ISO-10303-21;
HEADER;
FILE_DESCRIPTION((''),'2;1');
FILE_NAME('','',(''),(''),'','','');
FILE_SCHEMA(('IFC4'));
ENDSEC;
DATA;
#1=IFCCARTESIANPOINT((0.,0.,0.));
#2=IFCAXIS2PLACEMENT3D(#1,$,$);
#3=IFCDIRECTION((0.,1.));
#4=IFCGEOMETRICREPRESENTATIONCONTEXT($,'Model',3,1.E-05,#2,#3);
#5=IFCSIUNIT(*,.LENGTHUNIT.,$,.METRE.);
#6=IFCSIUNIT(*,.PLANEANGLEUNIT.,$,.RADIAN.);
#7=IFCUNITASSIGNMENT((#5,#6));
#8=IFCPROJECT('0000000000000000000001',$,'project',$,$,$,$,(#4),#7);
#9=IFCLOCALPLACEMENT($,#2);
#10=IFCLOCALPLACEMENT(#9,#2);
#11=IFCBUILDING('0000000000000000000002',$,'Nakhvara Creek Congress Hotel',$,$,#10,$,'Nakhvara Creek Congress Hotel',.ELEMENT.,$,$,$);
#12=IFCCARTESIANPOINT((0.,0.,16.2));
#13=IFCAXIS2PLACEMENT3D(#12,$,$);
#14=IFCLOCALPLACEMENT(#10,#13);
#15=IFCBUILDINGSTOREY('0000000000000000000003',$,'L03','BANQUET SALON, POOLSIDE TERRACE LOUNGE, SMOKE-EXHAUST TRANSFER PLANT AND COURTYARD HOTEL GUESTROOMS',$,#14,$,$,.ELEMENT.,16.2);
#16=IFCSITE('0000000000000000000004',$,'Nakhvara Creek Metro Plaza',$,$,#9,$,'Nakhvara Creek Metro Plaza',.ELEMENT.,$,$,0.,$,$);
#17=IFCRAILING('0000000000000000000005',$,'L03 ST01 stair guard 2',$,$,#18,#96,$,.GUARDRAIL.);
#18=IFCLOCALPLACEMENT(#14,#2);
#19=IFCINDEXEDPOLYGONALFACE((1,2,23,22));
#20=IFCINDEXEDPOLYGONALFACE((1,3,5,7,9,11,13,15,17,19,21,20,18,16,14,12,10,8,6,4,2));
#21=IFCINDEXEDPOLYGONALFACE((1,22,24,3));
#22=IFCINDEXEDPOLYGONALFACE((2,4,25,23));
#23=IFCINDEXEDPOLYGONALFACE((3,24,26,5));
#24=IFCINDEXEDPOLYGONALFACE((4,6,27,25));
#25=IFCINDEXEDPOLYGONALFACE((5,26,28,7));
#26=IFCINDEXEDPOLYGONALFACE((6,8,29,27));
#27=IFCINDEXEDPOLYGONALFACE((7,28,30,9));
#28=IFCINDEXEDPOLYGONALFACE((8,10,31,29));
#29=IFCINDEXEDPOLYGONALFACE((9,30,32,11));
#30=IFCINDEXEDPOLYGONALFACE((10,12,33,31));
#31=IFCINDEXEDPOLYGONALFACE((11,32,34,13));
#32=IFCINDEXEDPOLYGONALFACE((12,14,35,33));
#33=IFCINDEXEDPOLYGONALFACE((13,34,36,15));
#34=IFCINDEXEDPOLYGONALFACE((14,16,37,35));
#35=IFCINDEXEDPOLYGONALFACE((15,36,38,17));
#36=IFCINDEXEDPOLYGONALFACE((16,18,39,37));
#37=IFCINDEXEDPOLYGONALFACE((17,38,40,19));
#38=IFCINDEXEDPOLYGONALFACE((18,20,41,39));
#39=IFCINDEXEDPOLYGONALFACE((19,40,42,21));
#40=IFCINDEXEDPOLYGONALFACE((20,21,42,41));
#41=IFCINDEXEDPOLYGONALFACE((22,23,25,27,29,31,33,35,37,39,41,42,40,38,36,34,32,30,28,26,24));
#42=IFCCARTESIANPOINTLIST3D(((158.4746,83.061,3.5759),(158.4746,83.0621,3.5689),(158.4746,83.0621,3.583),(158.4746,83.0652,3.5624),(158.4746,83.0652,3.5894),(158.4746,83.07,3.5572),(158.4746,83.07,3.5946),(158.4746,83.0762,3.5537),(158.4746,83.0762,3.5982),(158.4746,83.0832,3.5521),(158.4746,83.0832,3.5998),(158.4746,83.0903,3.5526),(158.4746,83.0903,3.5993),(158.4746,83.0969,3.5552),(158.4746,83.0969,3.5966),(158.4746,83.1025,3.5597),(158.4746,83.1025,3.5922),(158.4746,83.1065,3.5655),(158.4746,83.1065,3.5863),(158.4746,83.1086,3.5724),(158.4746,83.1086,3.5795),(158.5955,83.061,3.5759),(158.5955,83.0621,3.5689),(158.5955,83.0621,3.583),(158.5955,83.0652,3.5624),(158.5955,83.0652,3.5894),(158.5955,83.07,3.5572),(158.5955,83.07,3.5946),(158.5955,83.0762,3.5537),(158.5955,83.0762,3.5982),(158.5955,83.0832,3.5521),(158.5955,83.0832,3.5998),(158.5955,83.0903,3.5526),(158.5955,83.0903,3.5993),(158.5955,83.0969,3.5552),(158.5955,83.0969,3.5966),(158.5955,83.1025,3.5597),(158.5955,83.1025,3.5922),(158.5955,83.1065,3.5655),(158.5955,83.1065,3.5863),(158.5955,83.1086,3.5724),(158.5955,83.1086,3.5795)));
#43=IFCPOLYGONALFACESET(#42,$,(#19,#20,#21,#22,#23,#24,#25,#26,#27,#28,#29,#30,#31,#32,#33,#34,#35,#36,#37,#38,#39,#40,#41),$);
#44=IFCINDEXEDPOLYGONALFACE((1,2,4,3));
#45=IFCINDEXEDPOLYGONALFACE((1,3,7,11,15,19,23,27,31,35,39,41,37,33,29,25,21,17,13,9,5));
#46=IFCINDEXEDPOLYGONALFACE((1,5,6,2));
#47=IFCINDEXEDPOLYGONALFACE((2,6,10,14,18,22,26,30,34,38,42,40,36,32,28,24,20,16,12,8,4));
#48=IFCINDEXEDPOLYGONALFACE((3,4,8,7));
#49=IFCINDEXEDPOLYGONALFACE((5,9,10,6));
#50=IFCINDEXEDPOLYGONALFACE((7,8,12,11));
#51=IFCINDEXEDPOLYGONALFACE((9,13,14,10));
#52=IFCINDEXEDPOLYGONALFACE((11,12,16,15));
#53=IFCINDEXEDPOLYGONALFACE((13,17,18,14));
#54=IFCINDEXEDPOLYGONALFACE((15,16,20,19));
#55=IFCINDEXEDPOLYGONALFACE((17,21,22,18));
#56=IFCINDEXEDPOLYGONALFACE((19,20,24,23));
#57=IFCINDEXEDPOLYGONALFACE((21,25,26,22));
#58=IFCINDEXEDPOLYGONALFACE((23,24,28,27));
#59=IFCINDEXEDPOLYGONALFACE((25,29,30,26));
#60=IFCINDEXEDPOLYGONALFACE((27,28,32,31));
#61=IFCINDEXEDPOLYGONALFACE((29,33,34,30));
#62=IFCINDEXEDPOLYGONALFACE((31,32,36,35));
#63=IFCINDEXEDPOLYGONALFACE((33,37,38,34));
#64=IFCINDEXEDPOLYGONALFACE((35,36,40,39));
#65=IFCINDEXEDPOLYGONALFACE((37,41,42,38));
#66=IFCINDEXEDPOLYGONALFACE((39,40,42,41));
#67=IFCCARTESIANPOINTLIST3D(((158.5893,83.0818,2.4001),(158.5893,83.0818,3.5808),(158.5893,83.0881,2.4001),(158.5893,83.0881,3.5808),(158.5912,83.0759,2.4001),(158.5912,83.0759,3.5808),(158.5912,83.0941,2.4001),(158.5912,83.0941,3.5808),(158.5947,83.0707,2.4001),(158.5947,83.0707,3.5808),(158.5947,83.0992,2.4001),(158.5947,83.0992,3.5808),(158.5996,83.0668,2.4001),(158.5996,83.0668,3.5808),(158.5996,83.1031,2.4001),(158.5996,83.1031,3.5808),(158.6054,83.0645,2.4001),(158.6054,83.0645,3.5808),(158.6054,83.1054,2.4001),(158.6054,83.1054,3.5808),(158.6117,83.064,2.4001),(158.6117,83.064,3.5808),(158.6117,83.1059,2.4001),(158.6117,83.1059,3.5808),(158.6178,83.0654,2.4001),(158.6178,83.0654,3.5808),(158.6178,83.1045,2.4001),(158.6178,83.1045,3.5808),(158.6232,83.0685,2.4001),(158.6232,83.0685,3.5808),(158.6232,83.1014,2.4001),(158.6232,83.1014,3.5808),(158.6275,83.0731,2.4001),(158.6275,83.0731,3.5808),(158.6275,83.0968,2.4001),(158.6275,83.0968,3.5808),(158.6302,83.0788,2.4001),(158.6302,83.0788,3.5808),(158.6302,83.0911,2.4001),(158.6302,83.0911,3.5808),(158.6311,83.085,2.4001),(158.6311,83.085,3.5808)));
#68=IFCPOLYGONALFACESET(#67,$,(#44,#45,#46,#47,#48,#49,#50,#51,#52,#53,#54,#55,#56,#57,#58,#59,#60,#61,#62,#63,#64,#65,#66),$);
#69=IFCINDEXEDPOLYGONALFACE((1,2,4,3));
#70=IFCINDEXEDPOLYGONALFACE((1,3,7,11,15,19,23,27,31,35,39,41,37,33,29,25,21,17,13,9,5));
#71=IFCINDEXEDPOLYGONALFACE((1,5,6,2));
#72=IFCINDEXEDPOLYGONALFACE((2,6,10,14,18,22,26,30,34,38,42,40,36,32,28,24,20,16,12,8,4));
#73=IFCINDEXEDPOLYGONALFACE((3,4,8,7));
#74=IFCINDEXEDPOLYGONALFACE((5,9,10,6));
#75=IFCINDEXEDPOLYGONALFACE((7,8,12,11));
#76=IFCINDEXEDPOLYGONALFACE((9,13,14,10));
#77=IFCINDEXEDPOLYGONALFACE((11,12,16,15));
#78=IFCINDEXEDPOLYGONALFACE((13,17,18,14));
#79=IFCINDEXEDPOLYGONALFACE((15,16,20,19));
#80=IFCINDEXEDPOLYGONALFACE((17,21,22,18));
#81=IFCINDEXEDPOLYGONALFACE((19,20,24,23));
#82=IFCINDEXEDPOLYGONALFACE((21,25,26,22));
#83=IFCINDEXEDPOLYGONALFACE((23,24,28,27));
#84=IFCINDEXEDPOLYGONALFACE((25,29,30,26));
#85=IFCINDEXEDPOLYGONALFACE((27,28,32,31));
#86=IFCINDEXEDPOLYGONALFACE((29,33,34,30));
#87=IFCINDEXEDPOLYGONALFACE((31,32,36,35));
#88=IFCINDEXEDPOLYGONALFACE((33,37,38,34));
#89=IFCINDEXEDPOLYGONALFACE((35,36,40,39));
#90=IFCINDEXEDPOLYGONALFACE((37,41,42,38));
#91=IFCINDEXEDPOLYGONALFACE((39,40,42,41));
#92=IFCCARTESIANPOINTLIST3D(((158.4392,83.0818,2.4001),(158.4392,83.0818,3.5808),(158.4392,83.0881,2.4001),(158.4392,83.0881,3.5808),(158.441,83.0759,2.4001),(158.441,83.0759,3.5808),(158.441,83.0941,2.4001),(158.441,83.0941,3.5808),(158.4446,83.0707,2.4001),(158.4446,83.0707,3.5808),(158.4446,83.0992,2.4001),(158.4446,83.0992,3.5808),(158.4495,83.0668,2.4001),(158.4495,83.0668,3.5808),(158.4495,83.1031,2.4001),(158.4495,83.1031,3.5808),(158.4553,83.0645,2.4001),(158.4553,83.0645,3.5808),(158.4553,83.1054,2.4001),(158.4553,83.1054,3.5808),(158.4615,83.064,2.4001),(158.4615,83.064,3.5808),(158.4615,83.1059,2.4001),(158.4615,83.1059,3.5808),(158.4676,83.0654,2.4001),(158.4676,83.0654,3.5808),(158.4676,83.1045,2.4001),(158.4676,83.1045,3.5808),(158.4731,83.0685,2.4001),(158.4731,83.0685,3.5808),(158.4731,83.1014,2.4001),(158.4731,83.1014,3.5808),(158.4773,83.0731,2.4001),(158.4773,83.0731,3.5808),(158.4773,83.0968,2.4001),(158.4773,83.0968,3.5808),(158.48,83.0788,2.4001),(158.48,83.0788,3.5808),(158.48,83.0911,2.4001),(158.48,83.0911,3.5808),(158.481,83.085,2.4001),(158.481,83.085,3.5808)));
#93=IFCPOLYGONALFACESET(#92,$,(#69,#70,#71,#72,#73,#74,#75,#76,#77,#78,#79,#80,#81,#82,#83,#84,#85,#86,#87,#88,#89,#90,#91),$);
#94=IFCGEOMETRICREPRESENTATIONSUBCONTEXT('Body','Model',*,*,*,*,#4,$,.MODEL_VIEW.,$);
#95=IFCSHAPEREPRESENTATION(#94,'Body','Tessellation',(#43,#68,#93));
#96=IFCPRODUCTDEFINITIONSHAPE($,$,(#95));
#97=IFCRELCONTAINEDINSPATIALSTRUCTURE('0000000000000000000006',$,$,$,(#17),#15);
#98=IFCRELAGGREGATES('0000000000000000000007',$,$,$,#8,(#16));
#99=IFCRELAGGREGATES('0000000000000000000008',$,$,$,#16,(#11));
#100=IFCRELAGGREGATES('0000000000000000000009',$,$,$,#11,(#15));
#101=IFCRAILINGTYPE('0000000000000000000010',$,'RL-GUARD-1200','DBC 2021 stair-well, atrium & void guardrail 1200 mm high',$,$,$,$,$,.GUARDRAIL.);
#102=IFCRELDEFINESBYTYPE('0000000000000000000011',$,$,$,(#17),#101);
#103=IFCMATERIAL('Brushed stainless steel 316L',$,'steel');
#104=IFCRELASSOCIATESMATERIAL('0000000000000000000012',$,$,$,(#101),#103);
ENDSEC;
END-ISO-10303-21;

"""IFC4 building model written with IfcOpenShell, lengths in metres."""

from ifc_helpers import new_model, si_unit, direction, frame, origin, origin_2d, place, context, subcontext, project, spatial, circle, extrude, material, type_object, element, save


model = new_model("IFC4")

# Units and contexts
model_context = context("Model", 3, precision=1e-05, world=origin(), true_north=direction((0.0, 1.0)))
body_context = subcontext(model_context, "Body", "Model", "MODEL_VIEW")
ifc_project = project(units=[si_unit("LENGTHUNIT", "METRE"), si_unit("PLANEANGLEUNIT", "RADIAN")], contexts=[model_context])

# Site, building, storey
site_placement = place(None, origin())
site = spatial("IfcSite", under=ifc_project, at=site_placement, Name="Nakhvara Creek Metro Plaza", LongName="Nakhvara Creek Metro Plaza", CompositionType="ELEMENT", RefElevation=0.0)
building_placement = place(site_placement, origin())
building = spatial("IfcBuilding", under=site, at=building_placement, Name="Nakhvara Creek Congress Hotel", LongName="Nakhvara Creek Congress Hotel", CompositionType="ELEMENT")
storey_placement = place(building_placement, frame((0.0, 0.0, 16.2)))
storey = spatial("IfcBuildingStorey", under=building, at=storey_placement, Name="L03", Description="BANQUET SALON, POOLSIDE TERRACE LOUNGE, SMOKE-EXHAUST TRANSFER PLANT AND COURTYARD HOTEL GUESTROOMS", CompositionType="ELEMENT", Elevation=16.2)

# Railing
ifc_material_1 = material(Name="Brushed stainless steel 316L", Category="steel")
railing_type_1 = type_object("IfcRailingType", Name="RL-GUARD-1200", Description="DBC 2021 stair-well, atrium & void guardrail 1200 mm high", PredefinedType="GUARDRAIL", material=ifc_material_1)
railing_1_placement = place(storey_placement, frame((158.6101, 83.085, 2.4001)))
element("IfcRailing", 1, at=railing_1_placement, inside=storey, type_object=railing_type_1, Name="L03 ST01 stair guard 2", PredefinedType="GUARDRAIL", context=body_context, shape_type="SweptSolid", body=[
    extrude(circle(Radius=0.0239, at=origin_2d()), frame((-0.0146, 0.0, 1.1758), z_axis=(-1.0, 0.0, 0.0), x_axis=(0.0, -1.0, 0.0)), (0.0, 0.0, 1.0), 0.1208),
    extrude(circle(Radius=0.021, at=origin_2d()), origin(), (0.0, 0.0, 1.0), 1.1807),
    extrude(circle(Radius=0.021, at=origin_2d()), frame((-0.1501, 0.0, 0.0)), (0.0, 0.0, 1.0), 1.1807),
])

save(model, "model.ifc")
